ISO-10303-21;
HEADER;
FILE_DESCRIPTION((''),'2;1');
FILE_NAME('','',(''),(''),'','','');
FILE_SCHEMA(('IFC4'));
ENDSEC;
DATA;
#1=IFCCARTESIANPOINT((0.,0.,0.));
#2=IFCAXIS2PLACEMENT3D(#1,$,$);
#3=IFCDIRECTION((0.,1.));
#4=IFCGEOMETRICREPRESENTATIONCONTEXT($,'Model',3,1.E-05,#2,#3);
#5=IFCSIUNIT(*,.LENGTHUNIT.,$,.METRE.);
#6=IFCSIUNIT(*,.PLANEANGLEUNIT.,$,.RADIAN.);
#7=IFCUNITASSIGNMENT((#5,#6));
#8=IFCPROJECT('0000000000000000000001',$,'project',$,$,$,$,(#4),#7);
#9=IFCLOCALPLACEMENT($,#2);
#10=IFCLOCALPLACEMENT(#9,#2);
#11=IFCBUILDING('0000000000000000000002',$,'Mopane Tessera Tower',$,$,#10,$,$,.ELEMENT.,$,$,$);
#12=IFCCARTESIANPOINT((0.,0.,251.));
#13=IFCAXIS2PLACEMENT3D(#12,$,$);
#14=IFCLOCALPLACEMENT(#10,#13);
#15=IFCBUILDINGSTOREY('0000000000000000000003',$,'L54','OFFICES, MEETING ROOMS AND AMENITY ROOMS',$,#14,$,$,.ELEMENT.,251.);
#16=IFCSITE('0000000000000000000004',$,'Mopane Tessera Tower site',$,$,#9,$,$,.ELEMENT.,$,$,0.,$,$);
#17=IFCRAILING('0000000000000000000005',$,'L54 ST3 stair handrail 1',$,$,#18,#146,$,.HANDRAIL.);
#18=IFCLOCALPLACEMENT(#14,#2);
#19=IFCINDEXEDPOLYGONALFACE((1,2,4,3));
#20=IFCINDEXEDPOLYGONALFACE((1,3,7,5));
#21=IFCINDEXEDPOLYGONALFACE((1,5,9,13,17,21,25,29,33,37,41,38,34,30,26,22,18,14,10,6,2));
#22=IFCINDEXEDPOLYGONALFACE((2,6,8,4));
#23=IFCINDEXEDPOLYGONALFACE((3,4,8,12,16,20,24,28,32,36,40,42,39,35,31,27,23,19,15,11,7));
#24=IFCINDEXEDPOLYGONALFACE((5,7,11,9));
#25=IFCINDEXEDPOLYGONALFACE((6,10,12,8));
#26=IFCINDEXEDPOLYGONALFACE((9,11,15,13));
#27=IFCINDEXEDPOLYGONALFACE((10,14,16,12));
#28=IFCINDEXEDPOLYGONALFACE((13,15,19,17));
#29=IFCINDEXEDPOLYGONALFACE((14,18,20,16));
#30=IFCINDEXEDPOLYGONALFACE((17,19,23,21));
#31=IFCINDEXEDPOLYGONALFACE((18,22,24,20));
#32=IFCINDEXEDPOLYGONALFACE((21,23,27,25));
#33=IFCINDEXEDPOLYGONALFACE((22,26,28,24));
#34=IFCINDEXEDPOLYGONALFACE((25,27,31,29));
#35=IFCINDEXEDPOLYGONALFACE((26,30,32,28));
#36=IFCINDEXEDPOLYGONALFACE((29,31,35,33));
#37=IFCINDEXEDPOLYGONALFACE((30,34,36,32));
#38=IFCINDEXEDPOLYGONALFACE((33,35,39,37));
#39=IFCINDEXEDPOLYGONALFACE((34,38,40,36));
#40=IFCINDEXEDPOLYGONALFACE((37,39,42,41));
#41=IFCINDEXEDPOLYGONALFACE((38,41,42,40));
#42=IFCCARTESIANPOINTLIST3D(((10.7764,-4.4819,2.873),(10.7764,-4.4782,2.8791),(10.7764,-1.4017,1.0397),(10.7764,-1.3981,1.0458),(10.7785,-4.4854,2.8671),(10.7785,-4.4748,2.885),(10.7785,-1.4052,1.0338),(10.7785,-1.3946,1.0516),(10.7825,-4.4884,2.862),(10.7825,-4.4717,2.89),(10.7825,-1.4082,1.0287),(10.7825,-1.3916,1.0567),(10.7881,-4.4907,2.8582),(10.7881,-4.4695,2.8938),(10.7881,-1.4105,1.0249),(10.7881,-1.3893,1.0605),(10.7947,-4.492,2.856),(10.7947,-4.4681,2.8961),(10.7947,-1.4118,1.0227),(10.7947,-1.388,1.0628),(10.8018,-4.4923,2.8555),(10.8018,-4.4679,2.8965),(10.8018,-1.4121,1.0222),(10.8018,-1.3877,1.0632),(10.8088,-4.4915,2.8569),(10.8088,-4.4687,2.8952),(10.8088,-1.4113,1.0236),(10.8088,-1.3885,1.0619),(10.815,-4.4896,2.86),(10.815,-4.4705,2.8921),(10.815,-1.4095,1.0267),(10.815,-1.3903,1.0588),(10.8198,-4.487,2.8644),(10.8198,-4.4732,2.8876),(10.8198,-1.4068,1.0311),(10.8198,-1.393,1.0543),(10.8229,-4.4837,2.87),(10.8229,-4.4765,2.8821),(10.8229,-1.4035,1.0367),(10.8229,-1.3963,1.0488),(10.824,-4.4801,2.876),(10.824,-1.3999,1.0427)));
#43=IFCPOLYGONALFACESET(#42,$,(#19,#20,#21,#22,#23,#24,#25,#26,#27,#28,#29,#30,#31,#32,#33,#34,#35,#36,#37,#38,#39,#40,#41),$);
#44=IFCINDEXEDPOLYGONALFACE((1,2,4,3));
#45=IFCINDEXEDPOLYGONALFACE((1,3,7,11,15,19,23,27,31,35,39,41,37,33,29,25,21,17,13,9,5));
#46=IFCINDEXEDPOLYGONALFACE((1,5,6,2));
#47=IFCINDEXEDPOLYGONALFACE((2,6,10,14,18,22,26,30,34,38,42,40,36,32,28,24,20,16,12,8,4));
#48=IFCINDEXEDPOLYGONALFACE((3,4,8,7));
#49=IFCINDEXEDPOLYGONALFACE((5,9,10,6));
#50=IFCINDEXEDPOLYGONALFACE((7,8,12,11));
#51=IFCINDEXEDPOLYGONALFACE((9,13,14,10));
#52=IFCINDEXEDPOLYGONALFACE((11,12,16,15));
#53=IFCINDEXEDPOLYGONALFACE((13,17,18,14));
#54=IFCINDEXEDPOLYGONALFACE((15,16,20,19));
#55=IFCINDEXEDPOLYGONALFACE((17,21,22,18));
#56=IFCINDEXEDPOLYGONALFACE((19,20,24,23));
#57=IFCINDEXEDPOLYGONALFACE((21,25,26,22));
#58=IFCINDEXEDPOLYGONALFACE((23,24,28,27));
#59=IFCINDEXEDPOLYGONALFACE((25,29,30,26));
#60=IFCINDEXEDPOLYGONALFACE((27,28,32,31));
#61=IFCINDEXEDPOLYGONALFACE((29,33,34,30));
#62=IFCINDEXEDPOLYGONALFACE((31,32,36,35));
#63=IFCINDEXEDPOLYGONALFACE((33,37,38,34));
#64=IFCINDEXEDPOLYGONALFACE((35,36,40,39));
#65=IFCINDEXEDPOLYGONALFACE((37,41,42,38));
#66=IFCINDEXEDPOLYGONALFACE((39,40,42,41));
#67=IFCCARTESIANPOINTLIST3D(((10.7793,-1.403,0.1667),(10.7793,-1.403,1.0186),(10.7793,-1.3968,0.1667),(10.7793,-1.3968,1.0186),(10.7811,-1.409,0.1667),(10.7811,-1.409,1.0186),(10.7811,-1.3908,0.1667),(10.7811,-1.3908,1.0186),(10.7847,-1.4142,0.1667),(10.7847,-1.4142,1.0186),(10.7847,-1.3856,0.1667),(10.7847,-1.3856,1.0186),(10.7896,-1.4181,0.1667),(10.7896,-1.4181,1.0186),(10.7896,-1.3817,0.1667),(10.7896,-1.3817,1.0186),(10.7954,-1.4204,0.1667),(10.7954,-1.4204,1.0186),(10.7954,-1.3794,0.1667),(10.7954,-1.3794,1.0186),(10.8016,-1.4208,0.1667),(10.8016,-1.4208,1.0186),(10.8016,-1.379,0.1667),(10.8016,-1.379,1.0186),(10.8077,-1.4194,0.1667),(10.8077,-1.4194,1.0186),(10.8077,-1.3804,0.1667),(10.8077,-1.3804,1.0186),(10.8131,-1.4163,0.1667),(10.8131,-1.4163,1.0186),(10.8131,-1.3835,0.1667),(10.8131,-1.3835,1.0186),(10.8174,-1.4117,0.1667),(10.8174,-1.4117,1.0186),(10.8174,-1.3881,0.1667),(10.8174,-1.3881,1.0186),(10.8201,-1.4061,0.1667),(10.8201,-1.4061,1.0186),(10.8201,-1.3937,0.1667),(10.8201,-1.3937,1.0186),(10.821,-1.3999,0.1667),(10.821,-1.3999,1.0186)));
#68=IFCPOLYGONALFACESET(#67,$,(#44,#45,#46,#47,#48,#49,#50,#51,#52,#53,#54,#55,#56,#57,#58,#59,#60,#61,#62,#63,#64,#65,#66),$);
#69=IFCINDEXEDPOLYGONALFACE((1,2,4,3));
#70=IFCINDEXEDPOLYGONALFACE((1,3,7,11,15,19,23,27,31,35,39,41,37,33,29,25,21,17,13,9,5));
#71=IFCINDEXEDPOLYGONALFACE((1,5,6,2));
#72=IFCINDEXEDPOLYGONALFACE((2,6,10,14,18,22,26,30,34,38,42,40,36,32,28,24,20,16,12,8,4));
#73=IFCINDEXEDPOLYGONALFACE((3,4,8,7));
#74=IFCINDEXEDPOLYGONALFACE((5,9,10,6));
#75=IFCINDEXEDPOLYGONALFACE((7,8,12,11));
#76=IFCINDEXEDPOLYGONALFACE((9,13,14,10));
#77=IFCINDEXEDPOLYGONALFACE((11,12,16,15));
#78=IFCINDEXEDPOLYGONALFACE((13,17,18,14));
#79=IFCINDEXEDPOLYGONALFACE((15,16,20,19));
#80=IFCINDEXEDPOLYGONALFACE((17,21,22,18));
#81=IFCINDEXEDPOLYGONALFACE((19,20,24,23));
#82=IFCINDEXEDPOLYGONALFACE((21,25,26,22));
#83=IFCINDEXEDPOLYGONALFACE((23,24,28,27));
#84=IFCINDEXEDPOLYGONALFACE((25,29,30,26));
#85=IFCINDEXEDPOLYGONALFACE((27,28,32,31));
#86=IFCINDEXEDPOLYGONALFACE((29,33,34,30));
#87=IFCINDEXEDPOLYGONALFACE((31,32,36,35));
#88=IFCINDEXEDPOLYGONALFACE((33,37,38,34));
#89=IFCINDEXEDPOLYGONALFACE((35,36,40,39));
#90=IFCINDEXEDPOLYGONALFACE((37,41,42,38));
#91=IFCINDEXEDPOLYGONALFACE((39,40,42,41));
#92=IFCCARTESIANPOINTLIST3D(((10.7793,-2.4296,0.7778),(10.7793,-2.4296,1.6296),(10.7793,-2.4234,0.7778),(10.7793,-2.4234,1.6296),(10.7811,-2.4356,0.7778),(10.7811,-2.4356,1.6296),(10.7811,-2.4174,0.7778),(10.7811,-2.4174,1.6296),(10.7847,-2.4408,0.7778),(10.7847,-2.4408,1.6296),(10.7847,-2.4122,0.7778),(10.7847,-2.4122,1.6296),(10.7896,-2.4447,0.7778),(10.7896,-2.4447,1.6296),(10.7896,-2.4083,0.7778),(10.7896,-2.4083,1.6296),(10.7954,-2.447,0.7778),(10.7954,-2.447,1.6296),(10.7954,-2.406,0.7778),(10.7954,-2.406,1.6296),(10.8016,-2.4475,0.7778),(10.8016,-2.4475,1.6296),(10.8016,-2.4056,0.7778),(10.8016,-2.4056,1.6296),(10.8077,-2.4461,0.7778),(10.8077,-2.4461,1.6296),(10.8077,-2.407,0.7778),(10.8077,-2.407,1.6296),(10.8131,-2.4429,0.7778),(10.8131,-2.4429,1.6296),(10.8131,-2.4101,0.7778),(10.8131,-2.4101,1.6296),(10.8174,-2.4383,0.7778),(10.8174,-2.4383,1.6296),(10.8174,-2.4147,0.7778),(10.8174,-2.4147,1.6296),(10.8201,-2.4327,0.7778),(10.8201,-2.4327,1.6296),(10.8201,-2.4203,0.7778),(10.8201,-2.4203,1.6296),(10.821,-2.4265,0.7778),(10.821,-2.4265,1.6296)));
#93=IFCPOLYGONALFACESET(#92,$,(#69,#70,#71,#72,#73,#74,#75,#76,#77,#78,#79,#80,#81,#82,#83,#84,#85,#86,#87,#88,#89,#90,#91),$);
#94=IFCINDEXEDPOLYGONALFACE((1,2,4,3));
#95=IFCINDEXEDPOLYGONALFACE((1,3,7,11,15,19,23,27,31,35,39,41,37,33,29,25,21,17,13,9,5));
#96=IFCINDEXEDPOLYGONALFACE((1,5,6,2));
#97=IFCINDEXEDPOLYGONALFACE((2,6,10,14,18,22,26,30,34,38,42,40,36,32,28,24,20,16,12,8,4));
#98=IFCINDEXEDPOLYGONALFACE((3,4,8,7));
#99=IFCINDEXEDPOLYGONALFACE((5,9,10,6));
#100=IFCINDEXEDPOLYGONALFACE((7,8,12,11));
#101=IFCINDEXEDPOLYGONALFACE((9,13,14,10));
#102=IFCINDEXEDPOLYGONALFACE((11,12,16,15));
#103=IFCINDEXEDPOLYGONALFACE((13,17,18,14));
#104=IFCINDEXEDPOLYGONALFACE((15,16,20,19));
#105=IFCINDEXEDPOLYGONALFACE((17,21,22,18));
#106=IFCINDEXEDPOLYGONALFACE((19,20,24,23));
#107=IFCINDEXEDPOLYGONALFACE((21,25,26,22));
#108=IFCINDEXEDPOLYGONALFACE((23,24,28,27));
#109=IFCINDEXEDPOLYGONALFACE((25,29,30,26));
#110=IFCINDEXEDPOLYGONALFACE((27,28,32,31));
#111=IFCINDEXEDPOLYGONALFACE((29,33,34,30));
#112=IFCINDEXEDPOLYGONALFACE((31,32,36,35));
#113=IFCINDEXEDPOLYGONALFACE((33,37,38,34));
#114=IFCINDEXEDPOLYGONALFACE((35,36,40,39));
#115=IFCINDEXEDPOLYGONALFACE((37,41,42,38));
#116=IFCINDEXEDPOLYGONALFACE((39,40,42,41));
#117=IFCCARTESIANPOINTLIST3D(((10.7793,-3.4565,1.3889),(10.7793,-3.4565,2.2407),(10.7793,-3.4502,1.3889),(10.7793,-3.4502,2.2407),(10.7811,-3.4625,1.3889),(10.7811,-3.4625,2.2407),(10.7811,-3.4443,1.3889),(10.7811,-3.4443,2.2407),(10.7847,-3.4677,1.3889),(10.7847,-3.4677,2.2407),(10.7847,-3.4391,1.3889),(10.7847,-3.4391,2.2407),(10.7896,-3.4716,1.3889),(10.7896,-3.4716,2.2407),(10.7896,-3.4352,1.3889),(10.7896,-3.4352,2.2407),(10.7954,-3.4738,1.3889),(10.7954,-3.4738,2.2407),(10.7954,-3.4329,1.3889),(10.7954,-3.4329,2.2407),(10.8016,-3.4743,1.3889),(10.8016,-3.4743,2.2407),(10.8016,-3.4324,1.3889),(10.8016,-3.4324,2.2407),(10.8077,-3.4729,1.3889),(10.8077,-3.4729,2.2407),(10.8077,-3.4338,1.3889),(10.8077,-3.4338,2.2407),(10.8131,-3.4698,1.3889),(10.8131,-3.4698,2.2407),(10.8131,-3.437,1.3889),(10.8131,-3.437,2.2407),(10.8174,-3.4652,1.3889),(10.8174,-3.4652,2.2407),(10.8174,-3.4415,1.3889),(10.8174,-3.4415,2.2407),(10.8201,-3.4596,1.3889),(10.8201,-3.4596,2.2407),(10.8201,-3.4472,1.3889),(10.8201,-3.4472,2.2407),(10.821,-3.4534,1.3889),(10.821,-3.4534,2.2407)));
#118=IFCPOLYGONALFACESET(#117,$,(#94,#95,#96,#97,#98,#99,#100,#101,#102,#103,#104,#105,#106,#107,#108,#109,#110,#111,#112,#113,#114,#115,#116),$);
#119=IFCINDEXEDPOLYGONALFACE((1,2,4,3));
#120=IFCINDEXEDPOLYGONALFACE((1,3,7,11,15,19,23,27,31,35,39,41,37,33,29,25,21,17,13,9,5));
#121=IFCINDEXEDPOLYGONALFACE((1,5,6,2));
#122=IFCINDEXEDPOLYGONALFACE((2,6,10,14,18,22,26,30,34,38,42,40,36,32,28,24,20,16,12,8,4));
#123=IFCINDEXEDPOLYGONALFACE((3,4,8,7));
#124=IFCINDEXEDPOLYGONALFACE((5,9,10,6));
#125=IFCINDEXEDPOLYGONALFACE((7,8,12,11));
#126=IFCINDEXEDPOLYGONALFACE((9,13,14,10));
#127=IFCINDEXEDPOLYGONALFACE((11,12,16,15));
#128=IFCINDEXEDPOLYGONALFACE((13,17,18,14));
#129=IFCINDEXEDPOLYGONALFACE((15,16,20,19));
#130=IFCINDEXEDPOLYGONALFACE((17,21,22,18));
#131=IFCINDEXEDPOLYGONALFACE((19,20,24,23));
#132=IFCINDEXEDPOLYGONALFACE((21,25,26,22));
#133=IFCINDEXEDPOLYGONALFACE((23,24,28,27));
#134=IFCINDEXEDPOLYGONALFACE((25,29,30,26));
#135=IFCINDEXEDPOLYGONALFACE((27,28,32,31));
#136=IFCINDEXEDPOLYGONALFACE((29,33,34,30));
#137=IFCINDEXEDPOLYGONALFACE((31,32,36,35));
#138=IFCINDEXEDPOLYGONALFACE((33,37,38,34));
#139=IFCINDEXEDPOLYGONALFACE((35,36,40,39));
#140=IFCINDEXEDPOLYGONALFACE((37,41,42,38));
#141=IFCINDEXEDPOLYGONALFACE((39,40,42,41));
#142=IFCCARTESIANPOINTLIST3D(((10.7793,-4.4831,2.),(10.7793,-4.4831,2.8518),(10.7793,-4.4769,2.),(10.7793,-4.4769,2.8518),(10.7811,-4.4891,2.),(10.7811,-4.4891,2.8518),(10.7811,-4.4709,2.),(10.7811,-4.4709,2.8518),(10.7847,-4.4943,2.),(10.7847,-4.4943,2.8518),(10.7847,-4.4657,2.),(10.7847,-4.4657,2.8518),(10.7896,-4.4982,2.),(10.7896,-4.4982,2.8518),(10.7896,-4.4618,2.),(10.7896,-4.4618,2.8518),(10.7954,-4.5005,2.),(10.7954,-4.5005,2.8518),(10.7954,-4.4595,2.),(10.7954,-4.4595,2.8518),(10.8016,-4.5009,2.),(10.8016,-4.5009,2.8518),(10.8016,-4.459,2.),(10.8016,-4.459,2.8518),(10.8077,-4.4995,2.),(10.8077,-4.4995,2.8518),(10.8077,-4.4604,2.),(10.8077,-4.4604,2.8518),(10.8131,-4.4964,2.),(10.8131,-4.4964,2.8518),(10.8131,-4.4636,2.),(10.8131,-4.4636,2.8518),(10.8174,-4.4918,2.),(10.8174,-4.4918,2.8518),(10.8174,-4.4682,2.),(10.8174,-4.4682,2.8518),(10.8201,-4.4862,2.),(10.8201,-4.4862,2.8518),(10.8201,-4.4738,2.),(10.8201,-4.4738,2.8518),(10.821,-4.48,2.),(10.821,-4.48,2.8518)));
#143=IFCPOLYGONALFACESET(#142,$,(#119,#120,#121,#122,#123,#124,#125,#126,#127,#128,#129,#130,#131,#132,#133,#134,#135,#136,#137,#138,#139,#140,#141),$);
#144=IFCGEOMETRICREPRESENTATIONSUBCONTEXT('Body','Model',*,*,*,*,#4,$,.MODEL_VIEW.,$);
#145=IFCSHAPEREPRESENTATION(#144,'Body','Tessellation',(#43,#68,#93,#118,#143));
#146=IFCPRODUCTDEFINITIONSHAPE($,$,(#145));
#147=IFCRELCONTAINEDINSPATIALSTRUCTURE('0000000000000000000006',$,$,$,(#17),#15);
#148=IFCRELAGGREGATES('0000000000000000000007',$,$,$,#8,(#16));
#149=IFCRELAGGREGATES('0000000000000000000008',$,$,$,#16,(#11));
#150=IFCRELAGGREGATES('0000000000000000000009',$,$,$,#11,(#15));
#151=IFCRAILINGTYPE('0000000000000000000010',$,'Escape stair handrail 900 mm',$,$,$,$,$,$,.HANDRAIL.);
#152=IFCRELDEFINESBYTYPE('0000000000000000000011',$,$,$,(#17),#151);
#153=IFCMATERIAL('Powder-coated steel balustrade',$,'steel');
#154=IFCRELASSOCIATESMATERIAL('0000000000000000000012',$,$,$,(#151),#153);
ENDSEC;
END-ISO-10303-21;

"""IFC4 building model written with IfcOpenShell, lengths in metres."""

from ifc_helpers import new_model, si_unit, direction, frame, origin, origin_2d, place, context, subcontext, project, spatial, circle, extrude, material, type_object, element, save


model = new_model("IFC4")

# Units and contexts
model_context = context("Model", 3, precision=1e-05, world=origin(), true_north=direction((0.0, 1.0)))
body_context = subcontext(model_context, "Body", "Model", "MODEL_VIEW")
ifc_project = project(units=[si_unit("LENGTHUNIT", "METRE"), si_unit("PLANEANGLEUNIT", "RADIAN")], contexts=[model_context])

# Site, building, storey
site_placement = place(None, origin())
site = spatial("IfcSite", under=ifc_project, at=site_placement, Name="Mopane Tessera Tower site", CompositionType="ELEMENT", RefElevation=0.0)
building_placement = place(site_placement, origin())
building = spatial("IfcBuilding", under=site, at=building_placement, Name="Mopane Tessera Tower", CompositionType="ELEMENT")
storey_placement = place(building_placement, frame((0.0, 0.0, 251.0)))
storey = spatial("IfcBuildingStorey", under=building, at=storey_placement, Name="L54", Description="OFFICES, MEETING ROOMS AND AMENITY ROOMS", CompositionType="ELEMENT", Elevation=251.0)

# Railing
ifc_material_1 = material(Name="Powder-coated steel balustrade", Category="steel")
railing_type_1 = type_object("IfcRailingType", Name="Escape stair handrail 900 mm", PredefinedType="HANDRAIL", material=ifc_material_1)
railing_1_placement = place(storey_placement, frame((10.8, -1.3999, 0.1667)))
element("IfcRailing", 1, at=railing_1_placement, inside=storey, type_object=railing_type_1, Name="L54 ST3 stair handrail 1", PredefinedType="HANDRAIL", context=body_context, shape_type="SweptSolid", body=[
    extrude(circle(Radius=0.0239, at=origin_2d()), frame((0.0, 0.0, 0.876), z_axis=(0.0, -0.859309, 0.511458), x_axis=(1.0, 0.0, 0.0)), (0.0, 0.0, 1.0), 3.5845),
    extrude(circle(Radius=0.021, at=origin_2d()), origin(), (0.0, 0.0, 1.0), 0.8518),
    extrude(circle(Radius=0.021, at=origin_2d()), frame((0.0, -1.0266, 0.6111)), (0.0, 0.0, 1.0), 0.8518),
    extrude(circle(Radius=0.021, at=origin_2d()), frame((0.0, -2.0535, 1.2222)), (0.0, 0.0, 1.0), 0.8518),
    extrude(circle(Radius=0.021, at=origin_2d()), frame((0.0, -3.0801, 1.8333)), (0.0, 0.0, 1.0), 0.8518),
])

save(model, "model.ifc")
